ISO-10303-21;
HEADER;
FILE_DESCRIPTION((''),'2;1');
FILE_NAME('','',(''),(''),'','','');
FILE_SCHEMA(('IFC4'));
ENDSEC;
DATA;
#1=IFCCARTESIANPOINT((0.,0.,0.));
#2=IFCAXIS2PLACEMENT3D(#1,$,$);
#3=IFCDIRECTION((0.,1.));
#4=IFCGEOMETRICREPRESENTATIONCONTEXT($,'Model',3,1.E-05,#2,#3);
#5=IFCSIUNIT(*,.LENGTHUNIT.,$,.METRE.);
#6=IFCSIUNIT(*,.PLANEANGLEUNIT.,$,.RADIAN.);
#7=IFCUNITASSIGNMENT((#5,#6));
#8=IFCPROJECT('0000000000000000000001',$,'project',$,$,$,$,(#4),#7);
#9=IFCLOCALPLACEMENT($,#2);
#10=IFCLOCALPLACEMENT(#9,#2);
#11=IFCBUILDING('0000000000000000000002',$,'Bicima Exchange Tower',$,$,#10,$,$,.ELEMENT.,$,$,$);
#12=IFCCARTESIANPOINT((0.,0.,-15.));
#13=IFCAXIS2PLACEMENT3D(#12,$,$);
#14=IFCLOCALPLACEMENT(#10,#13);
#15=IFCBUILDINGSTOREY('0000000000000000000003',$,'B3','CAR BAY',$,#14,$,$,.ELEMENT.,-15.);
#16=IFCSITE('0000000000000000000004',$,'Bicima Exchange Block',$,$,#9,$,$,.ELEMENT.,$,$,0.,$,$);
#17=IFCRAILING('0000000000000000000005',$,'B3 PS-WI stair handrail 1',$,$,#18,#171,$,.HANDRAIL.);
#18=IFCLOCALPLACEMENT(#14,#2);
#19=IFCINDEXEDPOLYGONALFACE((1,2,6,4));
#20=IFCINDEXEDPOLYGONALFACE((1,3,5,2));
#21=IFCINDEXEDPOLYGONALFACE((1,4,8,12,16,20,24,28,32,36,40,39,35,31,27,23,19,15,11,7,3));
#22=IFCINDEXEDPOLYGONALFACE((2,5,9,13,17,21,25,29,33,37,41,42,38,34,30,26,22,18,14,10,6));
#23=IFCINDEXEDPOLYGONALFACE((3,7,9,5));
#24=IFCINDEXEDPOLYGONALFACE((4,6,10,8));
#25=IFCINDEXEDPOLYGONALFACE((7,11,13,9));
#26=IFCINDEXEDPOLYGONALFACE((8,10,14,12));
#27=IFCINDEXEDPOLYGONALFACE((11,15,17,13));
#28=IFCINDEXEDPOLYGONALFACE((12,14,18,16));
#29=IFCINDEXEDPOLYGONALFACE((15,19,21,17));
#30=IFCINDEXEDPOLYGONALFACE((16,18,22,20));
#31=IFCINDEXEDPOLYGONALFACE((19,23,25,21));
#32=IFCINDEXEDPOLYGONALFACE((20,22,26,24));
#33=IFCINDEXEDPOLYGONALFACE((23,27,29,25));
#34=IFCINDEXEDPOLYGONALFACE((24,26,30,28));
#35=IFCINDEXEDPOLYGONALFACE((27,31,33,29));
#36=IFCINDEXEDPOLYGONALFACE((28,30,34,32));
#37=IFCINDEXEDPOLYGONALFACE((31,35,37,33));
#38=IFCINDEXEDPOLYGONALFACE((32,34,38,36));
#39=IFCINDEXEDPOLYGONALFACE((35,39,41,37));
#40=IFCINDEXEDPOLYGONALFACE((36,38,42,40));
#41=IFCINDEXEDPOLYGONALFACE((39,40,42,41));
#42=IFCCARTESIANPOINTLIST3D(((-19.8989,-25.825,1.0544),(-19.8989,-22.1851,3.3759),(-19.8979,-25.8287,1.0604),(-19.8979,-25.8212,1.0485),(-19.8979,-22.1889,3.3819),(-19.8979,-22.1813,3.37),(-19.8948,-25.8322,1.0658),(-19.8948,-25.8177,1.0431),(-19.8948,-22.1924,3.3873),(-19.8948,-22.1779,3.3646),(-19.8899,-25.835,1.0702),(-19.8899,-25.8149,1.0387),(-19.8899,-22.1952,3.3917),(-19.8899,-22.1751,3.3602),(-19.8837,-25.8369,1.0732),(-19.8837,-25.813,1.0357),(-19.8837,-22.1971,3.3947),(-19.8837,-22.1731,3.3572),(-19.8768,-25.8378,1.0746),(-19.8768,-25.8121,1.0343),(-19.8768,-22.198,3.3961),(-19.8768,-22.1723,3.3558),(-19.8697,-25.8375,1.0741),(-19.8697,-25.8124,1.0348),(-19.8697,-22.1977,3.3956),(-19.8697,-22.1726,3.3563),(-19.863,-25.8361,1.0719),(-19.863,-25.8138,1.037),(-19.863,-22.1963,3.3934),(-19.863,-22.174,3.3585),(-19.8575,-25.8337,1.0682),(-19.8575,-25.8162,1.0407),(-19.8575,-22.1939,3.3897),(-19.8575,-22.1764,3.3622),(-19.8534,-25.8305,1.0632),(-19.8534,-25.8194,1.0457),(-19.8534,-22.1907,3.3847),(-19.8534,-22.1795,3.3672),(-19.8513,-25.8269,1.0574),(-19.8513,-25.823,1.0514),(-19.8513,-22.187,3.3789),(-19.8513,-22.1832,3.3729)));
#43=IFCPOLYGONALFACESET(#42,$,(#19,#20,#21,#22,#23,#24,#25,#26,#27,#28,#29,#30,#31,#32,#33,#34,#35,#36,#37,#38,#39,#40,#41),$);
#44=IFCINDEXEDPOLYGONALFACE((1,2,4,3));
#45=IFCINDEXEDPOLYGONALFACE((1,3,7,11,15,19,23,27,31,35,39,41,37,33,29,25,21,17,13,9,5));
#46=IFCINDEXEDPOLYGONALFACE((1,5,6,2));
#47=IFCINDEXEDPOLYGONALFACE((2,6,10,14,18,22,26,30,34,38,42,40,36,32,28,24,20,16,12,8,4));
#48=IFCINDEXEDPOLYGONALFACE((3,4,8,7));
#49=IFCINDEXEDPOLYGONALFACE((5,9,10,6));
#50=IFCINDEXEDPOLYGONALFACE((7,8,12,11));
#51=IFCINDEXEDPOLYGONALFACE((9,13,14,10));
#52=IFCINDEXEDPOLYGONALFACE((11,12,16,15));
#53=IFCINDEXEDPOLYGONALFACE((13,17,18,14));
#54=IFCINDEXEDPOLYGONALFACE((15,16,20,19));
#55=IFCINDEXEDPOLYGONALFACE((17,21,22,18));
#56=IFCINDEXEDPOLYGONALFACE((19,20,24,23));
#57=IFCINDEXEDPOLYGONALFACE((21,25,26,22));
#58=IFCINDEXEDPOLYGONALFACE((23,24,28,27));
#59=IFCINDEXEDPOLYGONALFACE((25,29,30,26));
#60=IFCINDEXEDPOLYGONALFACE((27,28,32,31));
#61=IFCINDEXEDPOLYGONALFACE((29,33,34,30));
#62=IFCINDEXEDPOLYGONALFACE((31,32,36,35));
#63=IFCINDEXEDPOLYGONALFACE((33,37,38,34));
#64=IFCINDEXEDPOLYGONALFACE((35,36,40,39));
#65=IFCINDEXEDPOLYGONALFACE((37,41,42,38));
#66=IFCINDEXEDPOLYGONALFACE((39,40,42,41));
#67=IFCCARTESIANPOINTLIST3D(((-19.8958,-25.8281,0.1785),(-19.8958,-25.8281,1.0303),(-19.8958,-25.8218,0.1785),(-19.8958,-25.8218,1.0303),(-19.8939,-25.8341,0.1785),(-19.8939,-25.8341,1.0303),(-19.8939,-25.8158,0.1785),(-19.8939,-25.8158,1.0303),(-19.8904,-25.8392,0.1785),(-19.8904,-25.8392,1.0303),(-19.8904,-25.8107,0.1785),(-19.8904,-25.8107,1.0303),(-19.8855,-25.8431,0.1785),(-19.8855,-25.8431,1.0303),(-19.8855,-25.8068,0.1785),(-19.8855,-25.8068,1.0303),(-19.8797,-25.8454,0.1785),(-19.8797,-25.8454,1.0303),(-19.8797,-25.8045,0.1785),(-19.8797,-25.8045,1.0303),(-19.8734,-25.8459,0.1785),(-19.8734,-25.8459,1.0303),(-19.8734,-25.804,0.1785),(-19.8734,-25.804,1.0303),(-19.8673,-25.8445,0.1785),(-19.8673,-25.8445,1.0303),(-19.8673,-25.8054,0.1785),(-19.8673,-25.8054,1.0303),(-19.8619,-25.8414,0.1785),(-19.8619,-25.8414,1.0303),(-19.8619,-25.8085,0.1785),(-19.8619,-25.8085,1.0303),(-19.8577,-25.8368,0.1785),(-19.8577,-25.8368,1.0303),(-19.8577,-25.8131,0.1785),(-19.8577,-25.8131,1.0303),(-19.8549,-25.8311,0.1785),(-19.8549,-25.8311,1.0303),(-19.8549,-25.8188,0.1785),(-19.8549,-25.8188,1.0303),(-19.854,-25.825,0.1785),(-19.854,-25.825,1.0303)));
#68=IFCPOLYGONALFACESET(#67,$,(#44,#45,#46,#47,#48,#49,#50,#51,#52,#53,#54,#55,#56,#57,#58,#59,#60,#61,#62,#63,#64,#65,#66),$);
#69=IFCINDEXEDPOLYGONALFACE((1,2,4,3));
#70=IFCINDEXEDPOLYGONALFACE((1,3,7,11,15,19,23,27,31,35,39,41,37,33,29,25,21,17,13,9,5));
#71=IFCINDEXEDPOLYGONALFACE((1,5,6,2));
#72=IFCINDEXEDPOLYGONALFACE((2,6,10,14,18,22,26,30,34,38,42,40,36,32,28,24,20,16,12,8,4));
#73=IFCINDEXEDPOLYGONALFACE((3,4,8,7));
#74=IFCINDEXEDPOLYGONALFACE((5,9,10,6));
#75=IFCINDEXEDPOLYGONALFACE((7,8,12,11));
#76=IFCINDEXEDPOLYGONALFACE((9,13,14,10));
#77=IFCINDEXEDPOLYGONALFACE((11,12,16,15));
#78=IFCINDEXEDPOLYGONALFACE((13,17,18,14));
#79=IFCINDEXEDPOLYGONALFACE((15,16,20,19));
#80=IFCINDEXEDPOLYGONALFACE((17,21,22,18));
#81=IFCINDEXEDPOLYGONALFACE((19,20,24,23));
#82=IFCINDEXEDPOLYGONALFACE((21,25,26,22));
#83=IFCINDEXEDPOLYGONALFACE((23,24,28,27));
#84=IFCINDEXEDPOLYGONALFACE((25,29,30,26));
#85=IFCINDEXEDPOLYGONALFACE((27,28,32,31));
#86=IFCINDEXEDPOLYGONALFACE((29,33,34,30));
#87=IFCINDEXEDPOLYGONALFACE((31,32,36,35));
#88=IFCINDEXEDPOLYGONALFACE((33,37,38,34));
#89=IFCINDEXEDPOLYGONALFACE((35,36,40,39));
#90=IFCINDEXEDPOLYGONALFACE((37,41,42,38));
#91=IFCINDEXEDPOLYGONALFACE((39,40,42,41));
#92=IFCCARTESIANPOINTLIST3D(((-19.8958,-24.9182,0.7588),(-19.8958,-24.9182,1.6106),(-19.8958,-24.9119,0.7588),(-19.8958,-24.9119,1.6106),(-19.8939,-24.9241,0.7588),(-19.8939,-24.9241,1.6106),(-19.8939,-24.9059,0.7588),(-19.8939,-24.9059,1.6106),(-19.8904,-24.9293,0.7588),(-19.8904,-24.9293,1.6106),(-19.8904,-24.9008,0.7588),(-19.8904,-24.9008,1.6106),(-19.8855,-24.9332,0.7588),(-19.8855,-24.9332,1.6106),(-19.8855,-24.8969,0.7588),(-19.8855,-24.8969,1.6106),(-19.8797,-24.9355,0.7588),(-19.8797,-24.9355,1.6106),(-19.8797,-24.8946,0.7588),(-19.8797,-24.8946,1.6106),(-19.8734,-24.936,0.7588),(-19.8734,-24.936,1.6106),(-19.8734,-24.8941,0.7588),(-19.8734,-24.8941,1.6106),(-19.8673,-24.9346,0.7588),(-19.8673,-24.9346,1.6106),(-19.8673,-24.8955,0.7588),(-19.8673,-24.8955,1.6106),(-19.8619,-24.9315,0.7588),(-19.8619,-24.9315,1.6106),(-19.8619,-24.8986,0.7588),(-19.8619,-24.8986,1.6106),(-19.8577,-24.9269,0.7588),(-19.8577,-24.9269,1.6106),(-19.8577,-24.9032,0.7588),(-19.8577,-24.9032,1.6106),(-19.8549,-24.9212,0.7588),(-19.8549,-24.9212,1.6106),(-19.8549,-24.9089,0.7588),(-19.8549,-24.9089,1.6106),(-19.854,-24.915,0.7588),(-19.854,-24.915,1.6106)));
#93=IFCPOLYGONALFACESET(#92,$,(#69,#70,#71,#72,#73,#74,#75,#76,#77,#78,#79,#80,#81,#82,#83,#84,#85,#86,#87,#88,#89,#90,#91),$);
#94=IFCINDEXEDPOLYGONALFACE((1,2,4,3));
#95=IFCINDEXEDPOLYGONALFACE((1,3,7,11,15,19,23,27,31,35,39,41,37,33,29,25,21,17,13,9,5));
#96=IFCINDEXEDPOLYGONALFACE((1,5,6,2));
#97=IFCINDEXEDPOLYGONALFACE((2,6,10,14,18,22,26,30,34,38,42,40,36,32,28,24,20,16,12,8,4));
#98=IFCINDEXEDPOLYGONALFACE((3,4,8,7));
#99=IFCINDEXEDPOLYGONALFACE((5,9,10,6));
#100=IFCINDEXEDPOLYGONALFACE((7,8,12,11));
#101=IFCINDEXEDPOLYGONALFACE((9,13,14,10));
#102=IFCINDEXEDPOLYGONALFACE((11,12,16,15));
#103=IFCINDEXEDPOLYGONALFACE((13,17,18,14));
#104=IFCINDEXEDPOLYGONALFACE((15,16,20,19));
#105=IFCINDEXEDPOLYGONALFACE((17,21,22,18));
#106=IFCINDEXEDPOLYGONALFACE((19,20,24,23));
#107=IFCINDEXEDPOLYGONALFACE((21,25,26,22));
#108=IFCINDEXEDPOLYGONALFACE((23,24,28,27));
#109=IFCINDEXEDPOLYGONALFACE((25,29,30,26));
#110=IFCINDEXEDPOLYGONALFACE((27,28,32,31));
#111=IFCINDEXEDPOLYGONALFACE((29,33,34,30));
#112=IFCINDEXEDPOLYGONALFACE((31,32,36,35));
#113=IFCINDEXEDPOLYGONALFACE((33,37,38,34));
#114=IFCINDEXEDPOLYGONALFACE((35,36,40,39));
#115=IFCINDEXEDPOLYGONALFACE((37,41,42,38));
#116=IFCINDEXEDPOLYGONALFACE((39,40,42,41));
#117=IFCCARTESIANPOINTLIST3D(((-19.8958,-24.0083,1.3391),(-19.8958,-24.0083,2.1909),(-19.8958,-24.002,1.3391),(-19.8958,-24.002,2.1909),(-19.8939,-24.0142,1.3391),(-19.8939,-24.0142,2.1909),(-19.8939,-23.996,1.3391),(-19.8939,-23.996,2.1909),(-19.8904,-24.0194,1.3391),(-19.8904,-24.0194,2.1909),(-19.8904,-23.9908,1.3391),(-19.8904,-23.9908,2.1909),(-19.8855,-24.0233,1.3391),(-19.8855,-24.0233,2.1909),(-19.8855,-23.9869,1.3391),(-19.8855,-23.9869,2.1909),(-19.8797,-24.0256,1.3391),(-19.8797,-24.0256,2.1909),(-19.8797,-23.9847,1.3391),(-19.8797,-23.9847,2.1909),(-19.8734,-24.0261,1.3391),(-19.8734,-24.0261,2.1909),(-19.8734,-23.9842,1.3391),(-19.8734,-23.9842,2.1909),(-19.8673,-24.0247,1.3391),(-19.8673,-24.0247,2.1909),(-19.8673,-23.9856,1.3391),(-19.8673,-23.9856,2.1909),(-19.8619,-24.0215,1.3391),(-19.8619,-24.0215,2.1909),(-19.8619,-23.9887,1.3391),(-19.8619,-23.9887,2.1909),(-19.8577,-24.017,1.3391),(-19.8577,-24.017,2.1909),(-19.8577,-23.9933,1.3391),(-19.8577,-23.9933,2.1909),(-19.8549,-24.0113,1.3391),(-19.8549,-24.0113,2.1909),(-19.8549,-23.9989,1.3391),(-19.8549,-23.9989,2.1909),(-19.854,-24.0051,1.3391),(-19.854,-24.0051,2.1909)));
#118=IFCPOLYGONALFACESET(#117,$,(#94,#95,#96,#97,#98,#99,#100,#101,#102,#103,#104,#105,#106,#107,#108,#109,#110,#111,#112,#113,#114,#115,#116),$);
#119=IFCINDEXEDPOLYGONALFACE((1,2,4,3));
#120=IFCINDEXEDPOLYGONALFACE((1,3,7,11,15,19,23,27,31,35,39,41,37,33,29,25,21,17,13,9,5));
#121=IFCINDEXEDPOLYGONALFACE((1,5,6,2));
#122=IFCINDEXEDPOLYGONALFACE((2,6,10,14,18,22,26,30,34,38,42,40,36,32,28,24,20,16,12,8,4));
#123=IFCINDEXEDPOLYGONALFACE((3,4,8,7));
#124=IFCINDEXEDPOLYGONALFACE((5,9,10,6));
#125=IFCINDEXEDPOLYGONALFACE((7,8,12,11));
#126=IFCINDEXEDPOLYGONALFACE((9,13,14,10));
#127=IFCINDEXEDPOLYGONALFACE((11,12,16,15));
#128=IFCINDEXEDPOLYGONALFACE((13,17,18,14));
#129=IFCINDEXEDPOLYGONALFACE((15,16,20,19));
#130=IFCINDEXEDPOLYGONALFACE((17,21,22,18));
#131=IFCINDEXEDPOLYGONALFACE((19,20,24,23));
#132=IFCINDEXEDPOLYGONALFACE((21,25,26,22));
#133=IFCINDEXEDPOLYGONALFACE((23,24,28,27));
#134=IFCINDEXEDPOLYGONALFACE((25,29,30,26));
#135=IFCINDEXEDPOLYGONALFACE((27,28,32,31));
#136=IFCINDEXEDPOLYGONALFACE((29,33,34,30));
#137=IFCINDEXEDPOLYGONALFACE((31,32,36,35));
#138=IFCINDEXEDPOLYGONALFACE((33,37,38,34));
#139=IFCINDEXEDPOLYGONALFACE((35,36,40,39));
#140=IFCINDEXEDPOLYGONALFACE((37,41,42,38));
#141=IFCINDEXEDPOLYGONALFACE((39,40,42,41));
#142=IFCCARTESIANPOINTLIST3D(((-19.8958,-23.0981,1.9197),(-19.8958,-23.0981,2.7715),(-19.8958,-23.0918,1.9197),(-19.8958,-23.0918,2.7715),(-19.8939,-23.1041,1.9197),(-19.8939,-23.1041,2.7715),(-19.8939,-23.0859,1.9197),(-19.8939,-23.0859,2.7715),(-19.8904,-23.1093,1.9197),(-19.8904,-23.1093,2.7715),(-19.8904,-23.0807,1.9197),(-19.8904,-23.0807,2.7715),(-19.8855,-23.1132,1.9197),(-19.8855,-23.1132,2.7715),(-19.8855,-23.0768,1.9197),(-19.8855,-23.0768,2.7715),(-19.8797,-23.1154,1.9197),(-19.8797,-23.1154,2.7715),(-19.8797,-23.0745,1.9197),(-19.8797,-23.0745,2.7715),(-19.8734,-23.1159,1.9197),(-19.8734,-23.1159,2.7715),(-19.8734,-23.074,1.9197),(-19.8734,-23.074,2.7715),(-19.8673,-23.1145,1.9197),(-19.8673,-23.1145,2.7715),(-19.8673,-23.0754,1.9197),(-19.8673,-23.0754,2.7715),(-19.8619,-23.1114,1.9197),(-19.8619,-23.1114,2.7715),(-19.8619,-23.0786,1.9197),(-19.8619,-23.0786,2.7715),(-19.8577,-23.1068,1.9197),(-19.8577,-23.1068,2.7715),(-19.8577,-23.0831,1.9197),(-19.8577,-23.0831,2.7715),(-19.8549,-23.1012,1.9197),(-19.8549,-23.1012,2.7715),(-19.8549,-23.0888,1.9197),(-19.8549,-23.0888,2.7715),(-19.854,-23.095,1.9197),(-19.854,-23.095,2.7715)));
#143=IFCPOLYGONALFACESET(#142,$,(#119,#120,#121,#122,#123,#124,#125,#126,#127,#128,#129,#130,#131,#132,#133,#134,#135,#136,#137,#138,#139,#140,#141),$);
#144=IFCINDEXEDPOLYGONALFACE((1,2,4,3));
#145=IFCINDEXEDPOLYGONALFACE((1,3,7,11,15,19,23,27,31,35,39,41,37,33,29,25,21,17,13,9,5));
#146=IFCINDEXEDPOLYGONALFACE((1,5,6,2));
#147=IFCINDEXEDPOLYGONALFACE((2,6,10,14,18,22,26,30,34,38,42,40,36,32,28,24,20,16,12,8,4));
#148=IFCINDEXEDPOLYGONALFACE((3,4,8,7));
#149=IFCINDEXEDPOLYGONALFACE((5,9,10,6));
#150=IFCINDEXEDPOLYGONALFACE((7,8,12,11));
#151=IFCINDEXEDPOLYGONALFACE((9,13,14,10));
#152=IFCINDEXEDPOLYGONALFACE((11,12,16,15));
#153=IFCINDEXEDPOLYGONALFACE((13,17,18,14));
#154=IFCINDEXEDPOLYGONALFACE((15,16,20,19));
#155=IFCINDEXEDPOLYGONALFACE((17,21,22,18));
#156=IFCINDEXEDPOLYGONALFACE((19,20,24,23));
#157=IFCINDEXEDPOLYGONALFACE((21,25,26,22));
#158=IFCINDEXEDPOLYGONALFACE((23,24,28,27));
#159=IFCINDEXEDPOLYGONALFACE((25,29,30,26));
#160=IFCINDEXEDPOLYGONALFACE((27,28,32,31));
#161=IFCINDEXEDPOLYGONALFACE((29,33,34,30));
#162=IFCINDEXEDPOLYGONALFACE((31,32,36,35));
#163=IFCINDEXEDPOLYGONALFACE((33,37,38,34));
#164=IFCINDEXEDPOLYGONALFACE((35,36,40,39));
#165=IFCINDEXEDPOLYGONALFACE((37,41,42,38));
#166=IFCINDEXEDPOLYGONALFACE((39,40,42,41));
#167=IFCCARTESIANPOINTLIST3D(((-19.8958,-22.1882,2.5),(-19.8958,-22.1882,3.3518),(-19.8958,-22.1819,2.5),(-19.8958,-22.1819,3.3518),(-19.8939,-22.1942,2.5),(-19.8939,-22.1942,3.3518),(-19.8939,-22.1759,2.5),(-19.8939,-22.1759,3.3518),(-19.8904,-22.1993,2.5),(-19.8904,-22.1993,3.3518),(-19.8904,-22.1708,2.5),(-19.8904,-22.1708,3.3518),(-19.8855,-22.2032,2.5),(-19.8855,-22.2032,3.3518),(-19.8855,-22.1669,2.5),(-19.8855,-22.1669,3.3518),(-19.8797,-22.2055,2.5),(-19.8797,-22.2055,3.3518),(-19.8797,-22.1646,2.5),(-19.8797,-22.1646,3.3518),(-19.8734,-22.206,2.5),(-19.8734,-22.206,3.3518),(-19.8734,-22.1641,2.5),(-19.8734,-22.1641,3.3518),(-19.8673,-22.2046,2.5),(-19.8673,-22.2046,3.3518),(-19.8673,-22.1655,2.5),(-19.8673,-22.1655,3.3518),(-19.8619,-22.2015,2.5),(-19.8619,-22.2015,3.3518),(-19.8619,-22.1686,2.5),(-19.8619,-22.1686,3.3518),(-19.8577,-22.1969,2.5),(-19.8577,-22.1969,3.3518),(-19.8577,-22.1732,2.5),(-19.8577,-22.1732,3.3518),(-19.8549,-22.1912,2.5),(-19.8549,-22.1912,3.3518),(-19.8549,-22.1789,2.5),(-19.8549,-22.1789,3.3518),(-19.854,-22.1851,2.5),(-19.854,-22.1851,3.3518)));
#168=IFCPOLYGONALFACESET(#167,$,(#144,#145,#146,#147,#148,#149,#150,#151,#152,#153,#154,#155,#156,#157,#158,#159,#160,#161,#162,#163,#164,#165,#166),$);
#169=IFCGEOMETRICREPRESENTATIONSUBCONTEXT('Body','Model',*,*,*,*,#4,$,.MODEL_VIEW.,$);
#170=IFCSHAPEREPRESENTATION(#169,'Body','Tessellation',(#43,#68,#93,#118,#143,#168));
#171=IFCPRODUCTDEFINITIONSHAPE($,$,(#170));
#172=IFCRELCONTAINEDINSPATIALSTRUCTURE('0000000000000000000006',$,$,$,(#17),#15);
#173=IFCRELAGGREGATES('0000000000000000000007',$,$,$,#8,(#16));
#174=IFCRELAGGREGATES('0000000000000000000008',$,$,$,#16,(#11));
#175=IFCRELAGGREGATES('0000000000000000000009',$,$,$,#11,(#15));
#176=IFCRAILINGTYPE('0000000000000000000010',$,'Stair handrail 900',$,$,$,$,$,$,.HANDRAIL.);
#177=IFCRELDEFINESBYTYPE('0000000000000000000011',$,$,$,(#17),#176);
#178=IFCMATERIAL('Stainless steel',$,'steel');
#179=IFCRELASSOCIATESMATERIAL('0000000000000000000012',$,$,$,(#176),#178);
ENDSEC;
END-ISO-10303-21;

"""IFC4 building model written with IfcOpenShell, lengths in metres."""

from ifc_helpers import new_model, si_unit, direction, frame, origin, origin_2d, place, context, subcontext, project, spatial, circle, extrude, material, type_object, element, save


model = new_model("IFC4")

# Units and contexts
model_context = context("Model", 3, precision=1e-05, world=origin(), true_north=direction((0.0, 1.0)))
body_context = subcontext(model_context, "Body", "Model", "MODEL_VIEW")
ifc_project = project(units=[si_unit("LENGTHUNIT", "METRE"), si_unit("PLANEANGLEUNIT", "RADIAN")], contexts=[model_context])

# Site, building, storey
site_placement = place(None, origin())
site = spatial("IfcSite", under=ifc_project, at=site_placement, Name="Bicima Exchange Block", CompositionType="ELEMENT", RefElevation=0.0)
building_placement = place(site_placement, origin())
building = spatial("IfcBuilding", under=site, at=building_placement, Name="Bicima Exchange Tower", CompositionType="ELEMENT")
storey_placement = place(building_placement, frame((0.0, 0.0, -15.0)))
storey = spatial("IfcBuildingStorey", under=building, at=storey_placement, Name="B3", Description="CAR BAY", CompositionType="ELEMENT", Elevation=-15.0)

# Railing
ifc_material_1 = material(Name="Stainless steel", Category="steel")
railing_type_1 = type_object("IfcRailingType", Name="Stair handrail 900", PredefinedType="HANDRAIL", material=ifc_material_1)
railing_1_placement = place(storey_placement, frame((-19.875, -25.825, 0.1785)))
element("IfcRailing", 1, at=railing_1_placement, inside=storey, type_object=railing_type_1, Name="B3 PS-WI stair handrail 1", PredefinedType="HANDRAIL", context=body_context, shape_type="SweptSolid", body=[
    extrude(circle(Radius=0.0239, at=origin_2d()), frame((0.0, 0.0, 0.876), z_axis=(0.0, 0.843112, 0.537739), x_axis=(-1.0, 0.0, 0.0)), (0.0, 0.0, 1.0), 4.3171),
    extrude(circle(Radius=0.021, at=origin_2d()), origin(), (0.0, 0.0, 1.0), 0.8518),
    extrude(circle(Radius=0.021, at=origin_2d()), frame((0.0, 0.9099, 0.5803)), (0.0, 0.0, 1.0), 0.8518),
    extrude(circle(Radius=0.021, at=origin_2d()), frame((0.0, 1.8198, 1.1606)), (0.0, 0.0, 1.0), 0.8518),
    extrude(circle(Radius=0.021, at=origin_2d()), frame((0.0, 2.73, 1.7412)), (0.0, 0.0, 1.0), 0.8518),
    extrude(circle(Radius=0.021, at=origin_2d()), frame((0.0, 3.6399, 2.3215)), (0.0, 0.0, 1.0), 0.8518),
])

save(model, "model.ifc")
